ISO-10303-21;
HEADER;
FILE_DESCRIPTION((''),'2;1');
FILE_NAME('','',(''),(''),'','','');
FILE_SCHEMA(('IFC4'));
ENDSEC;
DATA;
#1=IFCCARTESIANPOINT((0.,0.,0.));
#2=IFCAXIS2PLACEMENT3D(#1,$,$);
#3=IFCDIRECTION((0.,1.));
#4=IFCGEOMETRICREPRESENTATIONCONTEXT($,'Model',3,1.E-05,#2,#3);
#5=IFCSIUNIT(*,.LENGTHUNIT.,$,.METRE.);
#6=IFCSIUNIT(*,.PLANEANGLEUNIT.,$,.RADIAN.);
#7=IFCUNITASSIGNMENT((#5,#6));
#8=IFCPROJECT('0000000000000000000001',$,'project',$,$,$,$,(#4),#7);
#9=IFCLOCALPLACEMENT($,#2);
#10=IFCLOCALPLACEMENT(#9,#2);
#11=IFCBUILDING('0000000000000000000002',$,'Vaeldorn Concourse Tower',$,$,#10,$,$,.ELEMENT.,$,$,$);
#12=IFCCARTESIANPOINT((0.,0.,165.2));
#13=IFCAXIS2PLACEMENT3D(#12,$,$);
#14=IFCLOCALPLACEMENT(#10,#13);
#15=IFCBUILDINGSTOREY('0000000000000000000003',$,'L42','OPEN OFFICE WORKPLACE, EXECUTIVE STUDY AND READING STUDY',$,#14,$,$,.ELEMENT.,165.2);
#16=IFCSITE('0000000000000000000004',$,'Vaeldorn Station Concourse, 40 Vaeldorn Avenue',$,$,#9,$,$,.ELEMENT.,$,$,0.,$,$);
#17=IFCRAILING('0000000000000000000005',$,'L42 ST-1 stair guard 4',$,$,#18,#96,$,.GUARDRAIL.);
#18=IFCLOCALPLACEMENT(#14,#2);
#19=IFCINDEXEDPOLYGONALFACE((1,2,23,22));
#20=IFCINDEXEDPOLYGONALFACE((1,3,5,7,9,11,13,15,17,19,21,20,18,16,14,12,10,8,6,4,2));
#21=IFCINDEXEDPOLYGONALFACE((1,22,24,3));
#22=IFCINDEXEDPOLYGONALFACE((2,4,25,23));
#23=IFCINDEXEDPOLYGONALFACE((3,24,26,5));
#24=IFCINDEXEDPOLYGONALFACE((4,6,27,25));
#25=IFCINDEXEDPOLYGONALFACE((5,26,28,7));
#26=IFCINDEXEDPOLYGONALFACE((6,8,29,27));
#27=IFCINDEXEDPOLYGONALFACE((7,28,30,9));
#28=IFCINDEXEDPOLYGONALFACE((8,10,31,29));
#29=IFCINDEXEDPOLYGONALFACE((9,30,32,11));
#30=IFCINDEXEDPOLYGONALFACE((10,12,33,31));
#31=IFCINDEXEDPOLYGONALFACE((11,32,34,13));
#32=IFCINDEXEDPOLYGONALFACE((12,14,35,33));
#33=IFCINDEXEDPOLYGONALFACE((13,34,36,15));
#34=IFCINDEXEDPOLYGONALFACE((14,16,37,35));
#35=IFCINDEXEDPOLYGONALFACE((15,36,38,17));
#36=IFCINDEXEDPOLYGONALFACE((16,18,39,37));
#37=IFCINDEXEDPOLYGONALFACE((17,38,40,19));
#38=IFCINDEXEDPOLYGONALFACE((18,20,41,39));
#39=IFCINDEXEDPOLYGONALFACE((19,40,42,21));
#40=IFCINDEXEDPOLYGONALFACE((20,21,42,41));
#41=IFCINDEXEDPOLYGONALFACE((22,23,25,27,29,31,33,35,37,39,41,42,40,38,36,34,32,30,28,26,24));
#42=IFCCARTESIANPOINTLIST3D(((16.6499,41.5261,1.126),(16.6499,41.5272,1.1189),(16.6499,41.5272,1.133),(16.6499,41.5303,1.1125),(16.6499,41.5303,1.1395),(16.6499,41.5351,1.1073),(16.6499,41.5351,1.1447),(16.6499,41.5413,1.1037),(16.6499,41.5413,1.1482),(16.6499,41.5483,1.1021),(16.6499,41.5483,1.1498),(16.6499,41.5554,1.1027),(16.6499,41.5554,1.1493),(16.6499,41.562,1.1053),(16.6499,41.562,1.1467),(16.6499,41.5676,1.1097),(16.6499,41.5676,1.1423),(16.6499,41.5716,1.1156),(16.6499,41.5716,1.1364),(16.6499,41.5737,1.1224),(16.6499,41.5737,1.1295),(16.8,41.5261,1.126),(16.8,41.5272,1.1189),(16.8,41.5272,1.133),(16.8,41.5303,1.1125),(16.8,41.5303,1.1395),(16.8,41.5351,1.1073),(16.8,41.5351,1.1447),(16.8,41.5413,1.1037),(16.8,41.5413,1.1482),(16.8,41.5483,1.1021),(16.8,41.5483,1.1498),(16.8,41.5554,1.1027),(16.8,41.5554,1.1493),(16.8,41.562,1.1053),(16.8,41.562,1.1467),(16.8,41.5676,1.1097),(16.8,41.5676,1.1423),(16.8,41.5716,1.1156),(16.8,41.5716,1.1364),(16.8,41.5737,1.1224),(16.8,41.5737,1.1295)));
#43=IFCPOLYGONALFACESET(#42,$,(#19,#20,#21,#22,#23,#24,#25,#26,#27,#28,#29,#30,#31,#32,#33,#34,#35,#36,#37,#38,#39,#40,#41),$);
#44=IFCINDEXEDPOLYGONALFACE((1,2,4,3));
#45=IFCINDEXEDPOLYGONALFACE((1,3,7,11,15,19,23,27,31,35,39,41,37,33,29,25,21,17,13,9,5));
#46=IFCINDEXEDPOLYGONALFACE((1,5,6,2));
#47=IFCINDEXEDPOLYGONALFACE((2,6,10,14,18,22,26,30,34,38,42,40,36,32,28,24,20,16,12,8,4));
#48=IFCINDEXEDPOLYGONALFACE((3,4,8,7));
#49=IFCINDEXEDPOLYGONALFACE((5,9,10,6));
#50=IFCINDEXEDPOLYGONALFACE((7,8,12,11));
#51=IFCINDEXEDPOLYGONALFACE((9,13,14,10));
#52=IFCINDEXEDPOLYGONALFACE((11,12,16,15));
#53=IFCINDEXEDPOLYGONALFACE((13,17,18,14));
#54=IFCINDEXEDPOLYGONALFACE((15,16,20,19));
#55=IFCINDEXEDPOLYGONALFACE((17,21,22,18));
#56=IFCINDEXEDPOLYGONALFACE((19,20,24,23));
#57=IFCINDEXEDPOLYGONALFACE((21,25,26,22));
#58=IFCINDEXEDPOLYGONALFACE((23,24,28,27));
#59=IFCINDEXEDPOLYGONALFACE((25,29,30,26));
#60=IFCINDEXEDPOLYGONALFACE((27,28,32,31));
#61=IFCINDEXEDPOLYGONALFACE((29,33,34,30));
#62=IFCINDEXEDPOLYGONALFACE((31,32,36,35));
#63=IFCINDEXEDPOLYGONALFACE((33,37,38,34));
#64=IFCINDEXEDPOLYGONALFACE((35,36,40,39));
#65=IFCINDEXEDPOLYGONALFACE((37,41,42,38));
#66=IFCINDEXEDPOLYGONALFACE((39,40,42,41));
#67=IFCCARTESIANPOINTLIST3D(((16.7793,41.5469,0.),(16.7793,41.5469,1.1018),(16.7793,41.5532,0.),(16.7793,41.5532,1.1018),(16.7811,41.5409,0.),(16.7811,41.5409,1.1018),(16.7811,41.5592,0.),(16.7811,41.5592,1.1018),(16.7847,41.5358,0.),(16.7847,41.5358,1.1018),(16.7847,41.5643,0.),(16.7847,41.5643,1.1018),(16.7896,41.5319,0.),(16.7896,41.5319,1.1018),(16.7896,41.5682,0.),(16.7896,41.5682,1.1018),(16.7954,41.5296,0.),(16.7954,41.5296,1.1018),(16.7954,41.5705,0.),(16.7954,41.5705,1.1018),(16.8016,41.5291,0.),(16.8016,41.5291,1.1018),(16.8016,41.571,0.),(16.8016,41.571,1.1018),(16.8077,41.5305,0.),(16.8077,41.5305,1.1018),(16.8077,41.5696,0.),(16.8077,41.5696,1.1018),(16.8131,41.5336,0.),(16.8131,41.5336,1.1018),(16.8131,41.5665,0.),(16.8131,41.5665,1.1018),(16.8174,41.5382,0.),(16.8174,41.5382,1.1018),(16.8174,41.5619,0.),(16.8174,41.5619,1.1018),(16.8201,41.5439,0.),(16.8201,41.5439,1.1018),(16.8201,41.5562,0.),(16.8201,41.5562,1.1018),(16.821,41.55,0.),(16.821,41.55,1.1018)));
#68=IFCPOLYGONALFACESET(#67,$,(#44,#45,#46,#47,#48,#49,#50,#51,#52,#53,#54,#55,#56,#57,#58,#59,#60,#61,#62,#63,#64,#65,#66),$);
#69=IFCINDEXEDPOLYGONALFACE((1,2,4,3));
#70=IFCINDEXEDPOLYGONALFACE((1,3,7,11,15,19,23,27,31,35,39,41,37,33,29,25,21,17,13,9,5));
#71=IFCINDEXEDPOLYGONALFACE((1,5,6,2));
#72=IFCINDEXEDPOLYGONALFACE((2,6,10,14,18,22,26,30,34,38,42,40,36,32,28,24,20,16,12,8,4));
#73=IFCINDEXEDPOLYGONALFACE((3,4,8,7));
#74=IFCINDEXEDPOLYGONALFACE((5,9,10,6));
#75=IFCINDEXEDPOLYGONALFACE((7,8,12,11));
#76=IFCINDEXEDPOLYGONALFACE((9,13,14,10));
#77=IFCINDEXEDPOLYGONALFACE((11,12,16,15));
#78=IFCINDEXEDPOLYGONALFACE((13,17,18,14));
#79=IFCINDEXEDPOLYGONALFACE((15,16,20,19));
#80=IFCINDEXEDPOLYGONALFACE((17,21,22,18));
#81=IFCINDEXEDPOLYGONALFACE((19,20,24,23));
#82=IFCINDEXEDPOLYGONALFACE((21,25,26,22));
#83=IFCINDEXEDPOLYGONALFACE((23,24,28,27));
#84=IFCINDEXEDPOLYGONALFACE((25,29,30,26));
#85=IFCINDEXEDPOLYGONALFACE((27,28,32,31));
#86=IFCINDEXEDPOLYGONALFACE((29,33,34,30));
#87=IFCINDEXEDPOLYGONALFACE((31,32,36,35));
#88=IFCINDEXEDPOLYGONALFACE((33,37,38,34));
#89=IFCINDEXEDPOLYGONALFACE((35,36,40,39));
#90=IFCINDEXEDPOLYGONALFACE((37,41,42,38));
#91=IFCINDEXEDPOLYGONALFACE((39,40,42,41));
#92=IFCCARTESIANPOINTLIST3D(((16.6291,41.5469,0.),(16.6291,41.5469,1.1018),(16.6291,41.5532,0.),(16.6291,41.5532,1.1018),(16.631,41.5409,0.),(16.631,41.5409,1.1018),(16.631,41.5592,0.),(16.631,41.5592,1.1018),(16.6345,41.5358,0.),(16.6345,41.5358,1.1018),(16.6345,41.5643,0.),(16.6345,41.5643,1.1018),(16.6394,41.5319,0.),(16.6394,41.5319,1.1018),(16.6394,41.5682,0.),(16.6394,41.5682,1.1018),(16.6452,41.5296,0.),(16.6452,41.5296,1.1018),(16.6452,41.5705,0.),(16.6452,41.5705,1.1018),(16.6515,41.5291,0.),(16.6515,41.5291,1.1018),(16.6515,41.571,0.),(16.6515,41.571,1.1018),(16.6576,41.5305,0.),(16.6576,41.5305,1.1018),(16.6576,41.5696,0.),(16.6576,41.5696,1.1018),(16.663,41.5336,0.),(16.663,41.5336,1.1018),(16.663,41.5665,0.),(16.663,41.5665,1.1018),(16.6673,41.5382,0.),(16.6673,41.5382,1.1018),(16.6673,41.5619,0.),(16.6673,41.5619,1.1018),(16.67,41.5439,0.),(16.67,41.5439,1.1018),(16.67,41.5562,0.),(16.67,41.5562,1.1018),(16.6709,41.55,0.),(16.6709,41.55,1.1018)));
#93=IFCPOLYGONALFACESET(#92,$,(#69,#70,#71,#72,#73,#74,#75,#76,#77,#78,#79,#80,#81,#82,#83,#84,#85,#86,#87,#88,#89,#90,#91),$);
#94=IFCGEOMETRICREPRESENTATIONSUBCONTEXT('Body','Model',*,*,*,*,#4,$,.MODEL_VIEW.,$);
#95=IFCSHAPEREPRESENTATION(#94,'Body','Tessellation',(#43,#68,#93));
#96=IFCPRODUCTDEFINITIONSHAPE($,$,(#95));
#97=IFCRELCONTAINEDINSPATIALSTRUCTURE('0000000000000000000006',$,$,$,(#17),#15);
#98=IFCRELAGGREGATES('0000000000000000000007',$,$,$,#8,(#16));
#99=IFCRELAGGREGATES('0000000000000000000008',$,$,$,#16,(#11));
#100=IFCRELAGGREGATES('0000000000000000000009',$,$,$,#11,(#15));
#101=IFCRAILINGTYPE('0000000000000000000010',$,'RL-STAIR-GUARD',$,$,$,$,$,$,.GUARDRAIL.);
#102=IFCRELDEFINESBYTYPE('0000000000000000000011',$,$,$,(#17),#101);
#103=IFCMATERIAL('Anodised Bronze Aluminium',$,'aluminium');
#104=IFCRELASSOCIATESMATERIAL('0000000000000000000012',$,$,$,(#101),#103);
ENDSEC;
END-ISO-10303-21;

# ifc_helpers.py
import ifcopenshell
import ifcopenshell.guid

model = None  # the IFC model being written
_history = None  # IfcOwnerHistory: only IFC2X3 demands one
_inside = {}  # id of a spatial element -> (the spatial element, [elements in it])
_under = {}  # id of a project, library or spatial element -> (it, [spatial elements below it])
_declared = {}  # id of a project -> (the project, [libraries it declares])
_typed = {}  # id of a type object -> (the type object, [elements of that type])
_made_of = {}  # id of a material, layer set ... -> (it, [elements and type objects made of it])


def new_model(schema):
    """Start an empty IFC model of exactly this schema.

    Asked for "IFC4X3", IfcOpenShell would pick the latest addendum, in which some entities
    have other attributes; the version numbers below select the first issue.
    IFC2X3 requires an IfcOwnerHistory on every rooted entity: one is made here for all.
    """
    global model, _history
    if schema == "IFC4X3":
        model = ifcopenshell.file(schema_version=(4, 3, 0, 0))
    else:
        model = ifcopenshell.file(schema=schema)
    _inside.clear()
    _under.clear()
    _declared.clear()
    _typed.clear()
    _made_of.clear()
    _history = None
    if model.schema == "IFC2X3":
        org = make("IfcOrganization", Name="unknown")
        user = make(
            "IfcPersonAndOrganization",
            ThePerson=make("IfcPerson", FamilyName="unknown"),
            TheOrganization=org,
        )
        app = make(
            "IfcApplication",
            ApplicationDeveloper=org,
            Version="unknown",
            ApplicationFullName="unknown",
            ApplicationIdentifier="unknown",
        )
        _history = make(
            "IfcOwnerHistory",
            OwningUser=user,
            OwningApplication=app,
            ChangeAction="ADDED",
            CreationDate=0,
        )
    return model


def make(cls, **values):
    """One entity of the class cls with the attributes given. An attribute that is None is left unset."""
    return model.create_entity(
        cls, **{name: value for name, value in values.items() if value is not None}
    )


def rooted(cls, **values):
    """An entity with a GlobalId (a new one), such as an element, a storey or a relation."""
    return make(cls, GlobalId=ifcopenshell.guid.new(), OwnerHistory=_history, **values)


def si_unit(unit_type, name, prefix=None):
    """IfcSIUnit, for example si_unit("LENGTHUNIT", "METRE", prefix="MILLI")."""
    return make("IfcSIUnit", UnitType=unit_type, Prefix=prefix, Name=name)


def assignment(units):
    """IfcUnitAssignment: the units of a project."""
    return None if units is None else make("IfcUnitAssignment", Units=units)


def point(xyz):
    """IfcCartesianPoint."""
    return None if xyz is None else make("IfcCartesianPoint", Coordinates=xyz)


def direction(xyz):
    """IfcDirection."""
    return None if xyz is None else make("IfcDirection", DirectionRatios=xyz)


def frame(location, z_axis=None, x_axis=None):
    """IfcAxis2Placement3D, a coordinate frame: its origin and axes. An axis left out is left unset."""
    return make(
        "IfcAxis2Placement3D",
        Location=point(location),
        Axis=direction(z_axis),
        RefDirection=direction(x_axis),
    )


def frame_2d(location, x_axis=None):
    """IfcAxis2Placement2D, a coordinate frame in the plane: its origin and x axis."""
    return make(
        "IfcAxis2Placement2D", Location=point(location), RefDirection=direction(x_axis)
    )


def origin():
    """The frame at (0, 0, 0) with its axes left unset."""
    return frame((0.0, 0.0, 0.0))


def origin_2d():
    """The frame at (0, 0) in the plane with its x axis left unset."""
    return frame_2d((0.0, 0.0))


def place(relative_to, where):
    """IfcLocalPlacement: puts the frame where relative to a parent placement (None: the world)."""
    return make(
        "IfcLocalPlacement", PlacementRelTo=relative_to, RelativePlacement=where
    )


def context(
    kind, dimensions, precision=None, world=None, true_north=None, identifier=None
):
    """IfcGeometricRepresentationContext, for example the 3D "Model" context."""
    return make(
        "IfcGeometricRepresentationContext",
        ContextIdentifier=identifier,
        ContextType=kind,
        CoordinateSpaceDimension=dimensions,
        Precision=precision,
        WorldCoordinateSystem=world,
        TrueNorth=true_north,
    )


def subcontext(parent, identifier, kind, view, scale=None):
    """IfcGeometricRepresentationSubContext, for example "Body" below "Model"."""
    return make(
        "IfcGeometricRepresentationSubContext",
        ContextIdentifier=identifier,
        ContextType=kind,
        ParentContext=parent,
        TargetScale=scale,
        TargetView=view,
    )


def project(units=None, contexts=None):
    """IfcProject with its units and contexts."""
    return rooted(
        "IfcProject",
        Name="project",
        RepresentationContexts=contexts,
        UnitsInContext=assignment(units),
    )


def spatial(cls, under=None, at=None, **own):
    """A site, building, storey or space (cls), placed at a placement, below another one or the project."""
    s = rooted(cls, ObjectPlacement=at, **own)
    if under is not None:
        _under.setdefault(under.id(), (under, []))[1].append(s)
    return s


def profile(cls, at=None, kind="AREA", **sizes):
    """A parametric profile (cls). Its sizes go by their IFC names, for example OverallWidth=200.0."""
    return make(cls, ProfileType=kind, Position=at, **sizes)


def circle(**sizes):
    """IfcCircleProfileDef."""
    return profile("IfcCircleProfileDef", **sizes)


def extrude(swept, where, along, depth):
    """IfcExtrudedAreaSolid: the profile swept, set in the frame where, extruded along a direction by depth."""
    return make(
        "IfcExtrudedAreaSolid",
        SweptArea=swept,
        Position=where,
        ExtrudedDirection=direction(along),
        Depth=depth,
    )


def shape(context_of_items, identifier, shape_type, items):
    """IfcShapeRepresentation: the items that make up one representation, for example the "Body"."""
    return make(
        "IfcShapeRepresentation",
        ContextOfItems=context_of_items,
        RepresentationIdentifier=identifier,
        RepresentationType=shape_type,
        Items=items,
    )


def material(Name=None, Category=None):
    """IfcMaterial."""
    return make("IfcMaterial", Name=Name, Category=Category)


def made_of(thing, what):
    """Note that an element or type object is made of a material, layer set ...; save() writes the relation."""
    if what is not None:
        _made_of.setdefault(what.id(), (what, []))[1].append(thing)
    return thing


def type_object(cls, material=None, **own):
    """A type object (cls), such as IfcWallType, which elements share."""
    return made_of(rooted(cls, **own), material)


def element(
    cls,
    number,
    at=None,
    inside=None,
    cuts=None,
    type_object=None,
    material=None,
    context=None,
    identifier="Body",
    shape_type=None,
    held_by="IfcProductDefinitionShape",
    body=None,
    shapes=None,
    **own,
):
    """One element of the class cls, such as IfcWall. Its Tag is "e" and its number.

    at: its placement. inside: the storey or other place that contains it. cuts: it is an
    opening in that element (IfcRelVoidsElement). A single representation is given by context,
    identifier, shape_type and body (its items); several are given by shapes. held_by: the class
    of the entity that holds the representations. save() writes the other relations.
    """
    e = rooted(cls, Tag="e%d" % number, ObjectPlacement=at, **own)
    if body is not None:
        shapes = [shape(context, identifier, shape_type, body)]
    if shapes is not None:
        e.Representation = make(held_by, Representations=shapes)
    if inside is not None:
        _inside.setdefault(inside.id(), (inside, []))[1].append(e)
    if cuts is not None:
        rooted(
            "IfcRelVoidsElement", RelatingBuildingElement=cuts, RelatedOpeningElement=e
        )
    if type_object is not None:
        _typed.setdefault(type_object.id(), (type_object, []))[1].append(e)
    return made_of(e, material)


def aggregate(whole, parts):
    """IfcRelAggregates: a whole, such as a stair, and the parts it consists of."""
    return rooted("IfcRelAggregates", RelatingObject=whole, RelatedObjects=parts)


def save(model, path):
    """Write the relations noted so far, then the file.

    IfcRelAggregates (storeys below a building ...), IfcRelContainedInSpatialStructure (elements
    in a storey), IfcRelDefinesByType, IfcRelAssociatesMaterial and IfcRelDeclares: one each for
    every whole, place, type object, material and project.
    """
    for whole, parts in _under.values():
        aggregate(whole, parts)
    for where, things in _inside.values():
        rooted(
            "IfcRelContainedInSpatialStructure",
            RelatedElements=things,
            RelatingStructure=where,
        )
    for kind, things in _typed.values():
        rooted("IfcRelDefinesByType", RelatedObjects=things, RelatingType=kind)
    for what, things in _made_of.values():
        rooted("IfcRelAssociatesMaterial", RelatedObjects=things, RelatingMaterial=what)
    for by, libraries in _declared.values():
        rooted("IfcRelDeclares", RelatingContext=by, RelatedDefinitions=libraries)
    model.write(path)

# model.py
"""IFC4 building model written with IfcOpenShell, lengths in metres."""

from ifc_helpers import new_model, si_unit, direction, frame, origin, origin_2d, place, context, subcontext, project, spatial, circle, extrude, material, type_object, element, save


model = new_model("IFC4")

# Units and contexts
model_context = context("Model", 3, precision=1e-05, world=origin(), true_north=direction((0.0, 1.0)))
body_context = subcontext(model_context, "Body", "Model", "MODEL_VIEW")
ifc_project = project(units=[si_unit("LENGTHUNIT", "METRE"), si_unit("PLANEANGLEUNIT", "RADIAN")], contexts=[model_context])

# Site, building, storey
site_placement = place(None, origin())
site = spatial("IfcSite", under=ifc_project, at=site_placement, Name="Vaeldorn Station Concourse, 40 Vaeldorn Avenue", CompositionType="ELEMENT", RefElevation=0.0)
building_placement = place(site_placement, origin())
building = spatial("IfcBuilding", under=site, at=building_placement, Name="Vaeldorn Concourse Tower", CompositionType="ELEMENT")
storey_placement = place(building_placement, frame((0.0, 0.0, 165.2)))
storey = spatial("IfcBuildingStorey", under=building, at=storey_placement, Name="L42", Description="OPEN OFFICE WORKPLACE, EXECUTIVE STUDY AND READING STUDY", CompositionType="ELEMENT", Elevation=165.2)

# Shared definitions
ifc_material_1 = material(Name="Anodised Bronze Aluminium", Category="aluminium")

# Railing
railing_type_1 = type_object("IfcRailingType", Name="RL-STAIR-GUARD", PredefinedType="GUARDRAIL", material=ifc_material_1)
railing_1_placement = place(storey_placement, frame((16.8, 41.55, 0.0)))
element("IfcRailing", 1, at=railing_1_placement, inside=storey, type_object=railing_type_1, Name="L42 ST-1 stair guard 4", PredefinedType="GUARDRAIL", context=body_context, shape_type="SweptSolid", body=[
    extrude(circle(Radius=0.0239, at=origin_2d()), frame((0.0, 0.0, 1.126), z_axis=(-1.0, 0.0, 0.0), x_axis=(0.0, -1.0, 0.0)), (0.0, 0.0, 1.0), 0.1501),
    extrude(circle(Radius=0.021, at=origin_2d()), origin(), (0.0, 0.0, 1.0), 1.1018),
    extrude(circle(Radius=0.021, at=origin_2d()), frame((-0.1501, 0.0, 0.0)), (0.0, 0.0, 1.0), 1.1018),
])

save(model, "model.ifc")
